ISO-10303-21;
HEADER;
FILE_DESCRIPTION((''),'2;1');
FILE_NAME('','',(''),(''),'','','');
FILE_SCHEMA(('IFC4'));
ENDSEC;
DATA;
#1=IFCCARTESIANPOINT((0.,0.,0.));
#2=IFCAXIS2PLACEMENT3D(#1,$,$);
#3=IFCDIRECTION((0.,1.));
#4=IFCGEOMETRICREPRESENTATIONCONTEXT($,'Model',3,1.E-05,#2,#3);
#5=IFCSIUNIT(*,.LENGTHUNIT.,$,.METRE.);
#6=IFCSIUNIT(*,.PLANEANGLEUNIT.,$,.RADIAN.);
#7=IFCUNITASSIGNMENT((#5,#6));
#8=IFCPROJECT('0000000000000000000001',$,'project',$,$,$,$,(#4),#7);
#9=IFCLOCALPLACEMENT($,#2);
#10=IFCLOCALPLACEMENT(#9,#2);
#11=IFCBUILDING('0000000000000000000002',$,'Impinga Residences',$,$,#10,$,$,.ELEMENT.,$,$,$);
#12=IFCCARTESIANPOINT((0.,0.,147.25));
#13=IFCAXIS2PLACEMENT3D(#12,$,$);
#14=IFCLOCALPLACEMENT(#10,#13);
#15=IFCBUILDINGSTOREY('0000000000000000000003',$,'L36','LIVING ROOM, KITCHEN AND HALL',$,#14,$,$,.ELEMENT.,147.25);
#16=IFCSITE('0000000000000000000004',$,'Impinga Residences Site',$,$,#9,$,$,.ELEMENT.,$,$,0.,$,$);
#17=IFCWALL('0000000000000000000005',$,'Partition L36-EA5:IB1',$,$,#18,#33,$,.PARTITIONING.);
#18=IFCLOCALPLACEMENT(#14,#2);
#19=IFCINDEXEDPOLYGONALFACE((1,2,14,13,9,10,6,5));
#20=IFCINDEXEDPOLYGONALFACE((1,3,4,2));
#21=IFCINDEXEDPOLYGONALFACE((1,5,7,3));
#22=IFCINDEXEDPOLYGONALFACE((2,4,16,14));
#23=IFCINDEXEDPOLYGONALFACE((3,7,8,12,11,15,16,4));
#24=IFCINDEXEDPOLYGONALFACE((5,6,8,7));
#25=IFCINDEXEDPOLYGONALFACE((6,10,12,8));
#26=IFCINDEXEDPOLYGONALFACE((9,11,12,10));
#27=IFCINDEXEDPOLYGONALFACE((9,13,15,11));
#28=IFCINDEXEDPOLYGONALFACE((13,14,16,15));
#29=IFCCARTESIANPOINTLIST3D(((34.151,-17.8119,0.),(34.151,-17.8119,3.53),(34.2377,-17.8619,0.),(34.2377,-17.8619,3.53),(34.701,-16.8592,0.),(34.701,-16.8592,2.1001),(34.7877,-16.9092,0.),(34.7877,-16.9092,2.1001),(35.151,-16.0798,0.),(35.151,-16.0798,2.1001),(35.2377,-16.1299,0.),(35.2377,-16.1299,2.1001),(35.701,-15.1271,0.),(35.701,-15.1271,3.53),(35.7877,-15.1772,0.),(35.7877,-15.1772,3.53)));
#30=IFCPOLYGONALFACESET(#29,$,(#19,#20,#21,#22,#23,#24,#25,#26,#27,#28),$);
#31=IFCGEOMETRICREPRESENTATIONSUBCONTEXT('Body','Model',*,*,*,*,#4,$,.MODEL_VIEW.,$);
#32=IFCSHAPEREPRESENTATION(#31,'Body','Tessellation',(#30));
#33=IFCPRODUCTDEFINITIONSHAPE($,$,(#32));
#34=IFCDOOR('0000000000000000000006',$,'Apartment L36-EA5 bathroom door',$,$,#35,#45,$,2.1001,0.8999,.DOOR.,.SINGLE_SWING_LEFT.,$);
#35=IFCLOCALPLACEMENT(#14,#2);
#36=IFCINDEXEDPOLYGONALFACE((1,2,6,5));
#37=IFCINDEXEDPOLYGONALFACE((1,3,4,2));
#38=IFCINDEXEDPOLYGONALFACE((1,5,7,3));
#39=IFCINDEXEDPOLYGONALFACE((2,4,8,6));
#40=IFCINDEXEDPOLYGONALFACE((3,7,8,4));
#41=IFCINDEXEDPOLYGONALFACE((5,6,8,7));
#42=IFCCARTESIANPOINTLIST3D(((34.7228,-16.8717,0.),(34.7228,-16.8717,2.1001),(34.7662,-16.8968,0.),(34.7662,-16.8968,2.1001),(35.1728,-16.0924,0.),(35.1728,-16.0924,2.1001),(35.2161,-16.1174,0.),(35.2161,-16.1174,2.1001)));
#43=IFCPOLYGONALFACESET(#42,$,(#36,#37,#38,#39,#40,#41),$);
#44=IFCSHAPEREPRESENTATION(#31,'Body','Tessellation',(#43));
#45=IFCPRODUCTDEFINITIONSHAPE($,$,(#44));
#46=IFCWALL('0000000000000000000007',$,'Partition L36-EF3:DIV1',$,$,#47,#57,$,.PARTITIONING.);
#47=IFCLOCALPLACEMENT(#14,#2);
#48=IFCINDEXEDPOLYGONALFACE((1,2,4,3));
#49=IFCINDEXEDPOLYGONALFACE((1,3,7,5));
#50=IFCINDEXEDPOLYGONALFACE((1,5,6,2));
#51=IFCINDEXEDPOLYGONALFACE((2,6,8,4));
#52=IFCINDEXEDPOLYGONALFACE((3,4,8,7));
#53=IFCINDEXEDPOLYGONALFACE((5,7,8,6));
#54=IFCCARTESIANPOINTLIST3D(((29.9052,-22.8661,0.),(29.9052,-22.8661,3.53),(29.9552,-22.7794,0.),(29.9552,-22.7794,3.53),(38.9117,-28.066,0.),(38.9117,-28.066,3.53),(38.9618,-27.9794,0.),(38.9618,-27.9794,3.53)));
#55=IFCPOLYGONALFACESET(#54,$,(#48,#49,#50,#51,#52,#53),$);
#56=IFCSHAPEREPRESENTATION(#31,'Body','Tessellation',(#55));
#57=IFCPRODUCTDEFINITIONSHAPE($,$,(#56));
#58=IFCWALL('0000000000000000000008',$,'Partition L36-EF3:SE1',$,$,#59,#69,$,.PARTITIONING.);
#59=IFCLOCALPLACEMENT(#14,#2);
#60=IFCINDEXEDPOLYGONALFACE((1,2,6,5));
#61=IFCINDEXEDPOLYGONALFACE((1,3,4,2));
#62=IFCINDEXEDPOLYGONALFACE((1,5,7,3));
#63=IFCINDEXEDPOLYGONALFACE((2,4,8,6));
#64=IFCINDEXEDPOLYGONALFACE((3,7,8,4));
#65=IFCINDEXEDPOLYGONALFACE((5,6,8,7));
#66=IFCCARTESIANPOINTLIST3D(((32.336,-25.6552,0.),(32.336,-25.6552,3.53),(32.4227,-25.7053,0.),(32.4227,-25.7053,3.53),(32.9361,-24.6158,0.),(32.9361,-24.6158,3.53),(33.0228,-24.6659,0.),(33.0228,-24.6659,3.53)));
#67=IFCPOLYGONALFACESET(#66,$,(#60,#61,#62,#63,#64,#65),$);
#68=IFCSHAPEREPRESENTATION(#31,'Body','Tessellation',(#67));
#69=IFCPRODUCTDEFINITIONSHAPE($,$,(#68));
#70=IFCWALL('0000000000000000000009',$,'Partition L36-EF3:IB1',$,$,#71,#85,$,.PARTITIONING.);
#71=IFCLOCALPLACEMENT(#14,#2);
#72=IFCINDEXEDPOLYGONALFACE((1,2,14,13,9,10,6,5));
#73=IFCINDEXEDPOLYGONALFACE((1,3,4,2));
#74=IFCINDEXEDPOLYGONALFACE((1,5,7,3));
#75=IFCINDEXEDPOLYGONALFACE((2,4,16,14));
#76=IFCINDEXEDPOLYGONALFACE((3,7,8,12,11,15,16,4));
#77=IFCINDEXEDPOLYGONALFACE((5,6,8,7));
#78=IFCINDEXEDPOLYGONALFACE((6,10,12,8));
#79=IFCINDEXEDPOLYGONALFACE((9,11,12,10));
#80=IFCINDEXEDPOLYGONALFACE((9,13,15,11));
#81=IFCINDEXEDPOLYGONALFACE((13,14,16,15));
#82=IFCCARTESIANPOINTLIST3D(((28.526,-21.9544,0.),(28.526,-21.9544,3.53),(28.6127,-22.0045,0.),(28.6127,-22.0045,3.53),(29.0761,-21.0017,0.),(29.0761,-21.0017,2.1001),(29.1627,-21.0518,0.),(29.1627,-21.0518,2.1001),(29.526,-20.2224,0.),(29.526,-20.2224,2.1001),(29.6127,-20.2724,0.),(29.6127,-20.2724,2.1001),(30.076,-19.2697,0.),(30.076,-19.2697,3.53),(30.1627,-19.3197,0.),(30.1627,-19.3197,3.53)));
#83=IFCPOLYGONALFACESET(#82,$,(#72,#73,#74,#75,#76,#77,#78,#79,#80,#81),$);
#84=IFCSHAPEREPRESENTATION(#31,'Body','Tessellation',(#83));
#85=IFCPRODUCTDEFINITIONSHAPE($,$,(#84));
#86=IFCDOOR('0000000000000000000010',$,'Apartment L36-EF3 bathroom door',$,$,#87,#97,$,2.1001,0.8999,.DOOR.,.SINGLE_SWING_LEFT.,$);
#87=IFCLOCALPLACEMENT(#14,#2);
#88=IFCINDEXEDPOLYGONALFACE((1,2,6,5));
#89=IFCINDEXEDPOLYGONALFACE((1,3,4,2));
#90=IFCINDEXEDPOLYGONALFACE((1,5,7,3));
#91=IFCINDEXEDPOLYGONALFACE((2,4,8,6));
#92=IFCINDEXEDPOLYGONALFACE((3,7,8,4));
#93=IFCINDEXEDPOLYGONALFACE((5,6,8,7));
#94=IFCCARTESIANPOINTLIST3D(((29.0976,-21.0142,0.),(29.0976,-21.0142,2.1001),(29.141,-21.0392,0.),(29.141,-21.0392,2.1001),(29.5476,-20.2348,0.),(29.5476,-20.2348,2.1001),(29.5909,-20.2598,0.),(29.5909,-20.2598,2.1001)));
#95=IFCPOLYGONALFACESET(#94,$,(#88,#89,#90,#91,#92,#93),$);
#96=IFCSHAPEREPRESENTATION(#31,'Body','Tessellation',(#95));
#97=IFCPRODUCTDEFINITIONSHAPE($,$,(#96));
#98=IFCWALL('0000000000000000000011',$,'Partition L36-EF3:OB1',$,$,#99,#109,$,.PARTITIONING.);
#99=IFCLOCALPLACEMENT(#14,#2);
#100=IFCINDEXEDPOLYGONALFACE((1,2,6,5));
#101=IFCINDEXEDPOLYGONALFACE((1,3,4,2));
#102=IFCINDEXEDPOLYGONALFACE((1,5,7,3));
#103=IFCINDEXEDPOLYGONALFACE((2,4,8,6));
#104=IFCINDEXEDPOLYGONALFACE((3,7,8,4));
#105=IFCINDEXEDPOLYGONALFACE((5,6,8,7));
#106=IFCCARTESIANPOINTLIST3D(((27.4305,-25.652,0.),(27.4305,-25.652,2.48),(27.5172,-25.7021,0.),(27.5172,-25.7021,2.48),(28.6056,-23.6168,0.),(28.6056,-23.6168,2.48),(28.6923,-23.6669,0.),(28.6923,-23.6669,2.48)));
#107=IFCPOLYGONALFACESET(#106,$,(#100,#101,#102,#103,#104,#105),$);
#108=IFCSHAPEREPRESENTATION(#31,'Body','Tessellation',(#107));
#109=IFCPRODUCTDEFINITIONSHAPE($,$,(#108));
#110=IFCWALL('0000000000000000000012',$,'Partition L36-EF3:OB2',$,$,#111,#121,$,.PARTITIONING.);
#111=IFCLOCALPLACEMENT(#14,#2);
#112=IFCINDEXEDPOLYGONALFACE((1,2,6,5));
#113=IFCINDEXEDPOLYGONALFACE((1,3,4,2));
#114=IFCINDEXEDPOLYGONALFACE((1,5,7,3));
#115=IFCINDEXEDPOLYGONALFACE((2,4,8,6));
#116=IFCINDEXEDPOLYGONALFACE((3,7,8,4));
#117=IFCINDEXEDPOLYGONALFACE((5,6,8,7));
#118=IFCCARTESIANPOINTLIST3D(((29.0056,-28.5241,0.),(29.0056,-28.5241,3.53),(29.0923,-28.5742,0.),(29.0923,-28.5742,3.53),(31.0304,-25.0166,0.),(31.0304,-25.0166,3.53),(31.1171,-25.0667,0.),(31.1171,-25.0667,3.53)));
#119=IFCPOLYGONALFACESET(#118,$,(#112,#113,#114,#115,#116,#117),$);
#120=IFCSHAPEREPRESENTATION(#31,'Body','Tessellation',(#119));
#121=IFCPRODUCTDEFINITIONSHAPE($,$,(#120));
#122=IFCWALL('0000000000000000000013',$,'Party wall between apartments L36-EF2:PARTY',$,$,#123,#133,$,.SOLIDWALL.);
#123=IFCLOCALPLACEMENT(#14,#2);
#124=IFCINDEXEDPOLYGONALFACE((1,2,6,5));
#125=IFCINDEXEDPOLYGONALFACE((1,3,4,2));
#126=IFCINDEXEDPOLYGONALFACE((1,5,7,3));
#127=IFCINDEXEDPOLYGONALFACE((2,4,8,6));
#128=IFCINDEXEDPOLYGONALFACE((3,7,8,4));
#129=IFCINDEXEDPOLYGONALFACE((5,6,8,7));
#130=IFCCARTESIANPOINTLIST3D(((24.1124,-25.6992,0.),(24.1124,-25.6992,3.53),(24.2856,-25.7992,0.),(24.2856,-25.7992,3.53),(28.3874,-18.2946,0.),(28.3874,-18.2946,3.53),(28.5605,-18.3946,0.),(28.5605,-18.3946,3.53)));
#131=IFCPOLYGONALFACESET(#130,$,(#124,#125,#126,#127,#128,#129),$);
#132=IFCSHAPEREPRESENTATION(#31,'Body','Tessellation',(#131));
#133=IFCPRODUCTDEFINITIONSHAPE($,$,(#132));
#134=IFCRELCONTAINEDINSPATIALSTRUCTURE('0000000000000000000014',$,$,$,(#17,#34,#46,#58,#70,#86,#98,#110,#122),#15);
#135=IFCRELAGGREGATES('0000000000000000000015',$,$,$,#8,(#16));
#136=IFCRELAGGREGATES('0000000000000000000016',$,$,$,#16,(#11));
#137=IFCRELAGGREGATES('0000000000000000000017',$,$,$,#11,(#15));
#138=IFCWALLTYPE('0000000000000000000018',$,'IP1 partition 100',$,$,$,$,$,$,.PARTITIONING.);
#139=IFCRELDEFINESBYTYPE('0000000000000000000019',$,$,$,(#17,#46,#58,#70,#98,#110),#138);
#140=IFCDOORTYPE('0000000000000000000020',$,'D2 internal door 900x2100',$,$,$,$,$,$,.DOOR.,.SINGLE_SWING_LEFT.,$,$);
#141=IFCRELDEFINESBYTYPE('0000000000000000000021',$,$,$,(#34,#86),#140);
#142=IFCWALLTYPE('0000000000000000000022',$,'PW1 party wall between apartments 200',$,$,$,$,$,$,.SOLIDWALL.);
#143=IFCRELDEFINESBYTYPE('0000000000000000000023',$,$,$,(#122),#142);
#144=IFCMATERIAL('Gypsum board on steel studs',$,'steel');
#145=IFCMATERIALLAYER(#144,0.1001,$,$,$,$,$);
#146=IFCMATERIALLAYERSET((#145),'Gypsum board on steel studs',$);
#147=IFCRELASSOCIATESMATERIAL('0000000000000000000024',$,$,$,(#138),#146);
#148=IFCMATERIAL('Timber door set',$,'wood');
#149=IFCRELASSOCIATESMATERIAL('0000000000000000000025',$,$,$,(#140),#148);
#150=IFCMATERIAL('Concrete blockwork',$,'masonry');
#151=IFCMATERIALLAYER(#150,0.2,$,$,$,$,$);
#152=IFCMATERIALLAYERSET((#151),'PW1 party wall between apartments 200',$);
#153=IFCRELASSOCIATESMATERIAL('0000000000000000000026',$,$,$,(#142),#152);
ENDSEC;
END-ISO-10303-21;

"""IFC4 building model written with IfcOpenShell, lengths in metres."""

from ifc_helpers import new_model, si_unit, direction, frame, frame_2d, origin, place, context, subcontext, project, spatial, rectangle, extrude, material, layer, layer_set, type_object, element, fill, save


model = new_model("IFC4")

# Units and contexts
model_context = context("Model", 3, precision=1e-05, world=origin(), true_north=direction((0.0, 1.0)))
body_context = subcontext(model_context, "Body", "Model", "MODEL_VIEW")
ifc_project = project(units=[si_unit("LENGTHUNIT", "METRE"), si_unit("PLANEANGLEUNIT", "RADIAN")], contexts=[model_context])

# Site, building, storey
site_placement = place(None, origin())
site = spatial("IfcSite", under=ifc_project, at=site_placement, Name="Impinga Residences Site", CompositionType="ELEMENT", RefElevation=0.0)
building_placement = place(site_placement, origin())
building = spatial("IfcBuilding", under=site, at=building_placement, Name="Impinga Residences", CompositionType="ELEMENT")
storey_placement = place(building_placement, frame((0.0, 0.0, 147.25)))
storey = spatial("IfcBuildingStorey", under=building, at=storey_placement, Name="L36", Description="LIVING ROOM, KITCHEN AND HALL", CompositionType="ELEMENT", Elevation=147.25)

# Wall, opening, door
ifc_material_1 = material(Name="Gypsum board on steel studs", Category="steel")
ifc_layer_1 = layer(ifc_material_1, 0.1001)
ifc_layer_set_1 = layer_set([ifc_layer_1], Name="Gypsum board on steel studs")
wall_type_1 = type_object("IfcWallType", Name="IP1 partition 100", PredefinedType="PARTITIONING", material=ifc_layer_set_1)
wall_1_placement = place(storey_placement, frame((34.1943, -17.8369, 0.0), z_axis=(0.0, 0.0, 1.0), x_axis=(0.499993, 0.86603, 0.0)))
wall_1 = element("IfcWall", 1, at=wall_1_placement, inside=storey, type_object=wall_type_1, Name="Partition L36-EA5:IB1", PredefinedType="PARTITIONING", context=body_context, shape_type="SweptSolid", body=[
    extrude(rectangle(XDim=3.1001, YDim=0.1001, at=frame_2d((1.55, 0.0))), origin(), (0.0, 0.0, 1.0), 3.53),
])
opening_1_placement = place(wall_1_placement, frame((1.1001, 0.0, 0.0)))
opening_1 = element("IfcOpeningElement", 2, at=opening_1_placement, cuts=wall_1, PredefinedType="OPENING", context=body_context, shape_type="SweptSolid", body=[
    extrude(rectangle(XDim=0.8999, YDim=2.1001, at=frame_2d((0.45, 1.05))), frame((0.0, 0.0601, 0.0), z_axis=(0.0, -1.0, 0.0), x_axis=(1.0, 0.0, 0.0)), (0.0, 0.0, 1.0), 0.1201),
])
ifc_material_2 = material(Name="Timber door set", Category="wood")
door_type = type_object("IfcDoorType", Name="D2 internal door 900x2100", OperationType="SINGLE_SWING_LEFT", PredefinedType="DOOR", material=ifc_material_2)
door_1_placement = place(opening_1_placement, origin())
door_1 = element("IfcDoor", 3, at=door_1_placement, inside=storey, type_object=door_type, Name="Apartment L36-EA5 bathroom door", OperationType="SINGLE_SWING_LEFT", OverallHeight=2.1001, OverallWidth=0.8999, PredefinedType="DOOR", context=body_context, shape_type="SweptSolid", body=[
    extrude(rectangle(XDim=0.8999, YDim=2.1001, at=frame_2d((0.45, 1.05))), frame((0.0, 0.0249, 0.0), z_axis=(0.0, -1.0, 0.0), x_axis=(1.0, 0.0, 0.0)), (0.0, 0.0, 1.0), 0.05),
])
fill(opening_1, door_1)

# Walls
wall_2_placement = place(storey_placement, frame((29.9302, -22.8228, 0.0), z_axis=(0.0, 0.0, 1.0), x_axis=(0.866026, -0.499999, 0.0)))
element("IfcWall", 4, at=wall_2_placement, inside=storey, type_object=wall_type_1, Name="Partition L36-EF3:DIV1", PredefinedType="PARTITIONING", context=body_context, shape_type="SweptSolid", body=[
    extrude(rectangle(XDim=10.3999, YDim=0.1001, at=frame_2d((5.2, 0.0))), origin(), (0.0, 0.0, 1.0), 3.53),
])
wall_3_placement = place(storey_placement, frame((32.9795, -24.6409, 0.0), z_axis=(0.0, 0.0, 1.0), x_axis=(-0.500034, -0.866006, 0.0)))
element("IfcWall", 5, at=wall_3_placement, inside=storey, type_object=wall_type_1, Name="Partition L36-EF3:SE1", PredefinedType="PARTITIONING", context=body_context, shape_type="SweptSolid", body=[
    extrude(rectangle(XDim=1.2002, YDim=0.1001, at=frame_2d((0.6001, 0.0))), origin(), (0.0, 0.0, 1.0), 3.53),
])

# Wall, opening, door
wall_4_placement = place(storey_placement, frame((30.1194, -19.2947, 0.0), z_axis=(0.0, 0.0, 1.0), x_axis=(-0.499993, -0.86603, 0.0)))
wall_4 = element("IfcWall", 6, at=wall_4_placement, inside=storey, type_object=wall_type_1, Name="Partition L36-EF3:IB1", PredefinedType="PARTITIONING", context=body_context, shape_type="SweptSolid", body=[
    extrude(rectangle(XDim=3.1001, YDim=0.1001, at=frame_2d((1.55, 0.0))), origin(), (0.0, 0.0, 1.0), 3.53),
])
opening_2_placement = place(wall_4_placement, frame((1.1001, 0.0, 0.0)))
opening_2 = element("IfcOpeningElement", 7, at=opening_2_placement, cuts=wall_4, PredefinedType="OPENING", context=body_context, shape_type="SweptSolid", body=[
    extrude(rectangle(XDim=0.8999, YDim=2.1001, at=frame_2d((0.45, 1.05))), frame((0.0, 0.0601, 0.0), z_axis=(0.0, -1.0, 0.0), x_axis=(1.0, 0.0, 0.0)), (0.0, 0.0, 1.0), 0.1201),
])
door_2_placement = place(opening_2_placement, origin())
door_2 = element("IfcDoor", 8, at=door_2_placement, inside=storey, type_object=door_type, Name="Apartment L36-EF3 bathroom door", OperationType="SINGLE_SWING_LEFT", OverallHeight=2.1001, OverallWidth=0.8999, PredefinedType="DOOR", context=body_context, shape_type="SweptSolid", body=[
    extrude(rectangle(XDim=0.8999, YDim=2.1001, at=frame_2d((0.45, 1.05))), frame((0.0, 0.0249, 0.0), z_axis=(0.0, -1.0, 0.0), x_axis=(1.0, 0.0, 0.0)), (0.0, 0.0, 1.0), 0.05),
])
fill(opening_2, door_2)

# Walls
wall_5_placement = place(storey_placement, frame((28.6489, -23.6418, 0.0), z_axis=(0.0, 0.0, 1.0), x_axis=(-0.500016, -0.866016, 0.0)))
element("IfcWall", 9, at=wall_5_placement, inside=storey, type_object=wall_type_1, Name="Partition L36-EF3:OB1", PredefinedType="PARTITIONING", context=body_context, shape_type="SweptSolid", body=[
    extrude(rectangle(XDim=2.3501, YDim=0.1001, at=frame_2d((1.175, 0.0))), origin(), (0.0, 0.0, 1.0), 2.48),
])
wall_6_placement = place(storey_placement, frame((31.0737, -25.0417, 0.0), z_axis=(0.0, 0.0, 1.0), x_axis=(-0.499964, -0.866046, 0.0)))
element("IfcWall", 10, at=wall_6_placement, inside=storey, type_object=wall_type_1, Name="Partition L36-EF3:OB2", PredefinedType="PARTITIONING", context=body_context, shape_type="SweptSolid", body=[
    extrude(rectangle(XDim=4.05, YDim=0.1001, at=frame_2d((2.0249, 0.0))), origin(), (0.0, 0.0, 1.0), 3.53),
])
ifc_material_3 = material(Name="Concrete blockwork", Category="masonry")
ifc_layer_2 = layer(ifc_material_3, 0.2)
ifc_layer_set_2 = layer_set([ifc_layer_2], Name="PW1 party wall between apartments 200")
wall_type_2 = type_object("IfcWallType", Name="PW1 party wall between apartments 200", PredefinedType="SOLIDWALL", material=ifc_layer_set_2)
wall_7_placement = place(storey_placement, frame((28.4739, -18.3447, 0.0), z_axis=(0.0, 0.0, 1.0), x_axis=(-0.49999, -0.866031, 0.0)))
element("IfcWall", 11, at=wall_7_placement, inside=storey, type_object=wall_type_2, Name="Party wall between apartments L36-EF2:PARTY", PredefinedType="SOLIDWALL", context=body_context, shape_type="SweptSolid", body=[
    extrude(rectangle(XDim=8.55, YDim=0.2, at=frame_2d((4.2749, 0.0))), origin(), (0.0, 0.0, 1.0), 3.53),
])

save(model, "model.ifc")
